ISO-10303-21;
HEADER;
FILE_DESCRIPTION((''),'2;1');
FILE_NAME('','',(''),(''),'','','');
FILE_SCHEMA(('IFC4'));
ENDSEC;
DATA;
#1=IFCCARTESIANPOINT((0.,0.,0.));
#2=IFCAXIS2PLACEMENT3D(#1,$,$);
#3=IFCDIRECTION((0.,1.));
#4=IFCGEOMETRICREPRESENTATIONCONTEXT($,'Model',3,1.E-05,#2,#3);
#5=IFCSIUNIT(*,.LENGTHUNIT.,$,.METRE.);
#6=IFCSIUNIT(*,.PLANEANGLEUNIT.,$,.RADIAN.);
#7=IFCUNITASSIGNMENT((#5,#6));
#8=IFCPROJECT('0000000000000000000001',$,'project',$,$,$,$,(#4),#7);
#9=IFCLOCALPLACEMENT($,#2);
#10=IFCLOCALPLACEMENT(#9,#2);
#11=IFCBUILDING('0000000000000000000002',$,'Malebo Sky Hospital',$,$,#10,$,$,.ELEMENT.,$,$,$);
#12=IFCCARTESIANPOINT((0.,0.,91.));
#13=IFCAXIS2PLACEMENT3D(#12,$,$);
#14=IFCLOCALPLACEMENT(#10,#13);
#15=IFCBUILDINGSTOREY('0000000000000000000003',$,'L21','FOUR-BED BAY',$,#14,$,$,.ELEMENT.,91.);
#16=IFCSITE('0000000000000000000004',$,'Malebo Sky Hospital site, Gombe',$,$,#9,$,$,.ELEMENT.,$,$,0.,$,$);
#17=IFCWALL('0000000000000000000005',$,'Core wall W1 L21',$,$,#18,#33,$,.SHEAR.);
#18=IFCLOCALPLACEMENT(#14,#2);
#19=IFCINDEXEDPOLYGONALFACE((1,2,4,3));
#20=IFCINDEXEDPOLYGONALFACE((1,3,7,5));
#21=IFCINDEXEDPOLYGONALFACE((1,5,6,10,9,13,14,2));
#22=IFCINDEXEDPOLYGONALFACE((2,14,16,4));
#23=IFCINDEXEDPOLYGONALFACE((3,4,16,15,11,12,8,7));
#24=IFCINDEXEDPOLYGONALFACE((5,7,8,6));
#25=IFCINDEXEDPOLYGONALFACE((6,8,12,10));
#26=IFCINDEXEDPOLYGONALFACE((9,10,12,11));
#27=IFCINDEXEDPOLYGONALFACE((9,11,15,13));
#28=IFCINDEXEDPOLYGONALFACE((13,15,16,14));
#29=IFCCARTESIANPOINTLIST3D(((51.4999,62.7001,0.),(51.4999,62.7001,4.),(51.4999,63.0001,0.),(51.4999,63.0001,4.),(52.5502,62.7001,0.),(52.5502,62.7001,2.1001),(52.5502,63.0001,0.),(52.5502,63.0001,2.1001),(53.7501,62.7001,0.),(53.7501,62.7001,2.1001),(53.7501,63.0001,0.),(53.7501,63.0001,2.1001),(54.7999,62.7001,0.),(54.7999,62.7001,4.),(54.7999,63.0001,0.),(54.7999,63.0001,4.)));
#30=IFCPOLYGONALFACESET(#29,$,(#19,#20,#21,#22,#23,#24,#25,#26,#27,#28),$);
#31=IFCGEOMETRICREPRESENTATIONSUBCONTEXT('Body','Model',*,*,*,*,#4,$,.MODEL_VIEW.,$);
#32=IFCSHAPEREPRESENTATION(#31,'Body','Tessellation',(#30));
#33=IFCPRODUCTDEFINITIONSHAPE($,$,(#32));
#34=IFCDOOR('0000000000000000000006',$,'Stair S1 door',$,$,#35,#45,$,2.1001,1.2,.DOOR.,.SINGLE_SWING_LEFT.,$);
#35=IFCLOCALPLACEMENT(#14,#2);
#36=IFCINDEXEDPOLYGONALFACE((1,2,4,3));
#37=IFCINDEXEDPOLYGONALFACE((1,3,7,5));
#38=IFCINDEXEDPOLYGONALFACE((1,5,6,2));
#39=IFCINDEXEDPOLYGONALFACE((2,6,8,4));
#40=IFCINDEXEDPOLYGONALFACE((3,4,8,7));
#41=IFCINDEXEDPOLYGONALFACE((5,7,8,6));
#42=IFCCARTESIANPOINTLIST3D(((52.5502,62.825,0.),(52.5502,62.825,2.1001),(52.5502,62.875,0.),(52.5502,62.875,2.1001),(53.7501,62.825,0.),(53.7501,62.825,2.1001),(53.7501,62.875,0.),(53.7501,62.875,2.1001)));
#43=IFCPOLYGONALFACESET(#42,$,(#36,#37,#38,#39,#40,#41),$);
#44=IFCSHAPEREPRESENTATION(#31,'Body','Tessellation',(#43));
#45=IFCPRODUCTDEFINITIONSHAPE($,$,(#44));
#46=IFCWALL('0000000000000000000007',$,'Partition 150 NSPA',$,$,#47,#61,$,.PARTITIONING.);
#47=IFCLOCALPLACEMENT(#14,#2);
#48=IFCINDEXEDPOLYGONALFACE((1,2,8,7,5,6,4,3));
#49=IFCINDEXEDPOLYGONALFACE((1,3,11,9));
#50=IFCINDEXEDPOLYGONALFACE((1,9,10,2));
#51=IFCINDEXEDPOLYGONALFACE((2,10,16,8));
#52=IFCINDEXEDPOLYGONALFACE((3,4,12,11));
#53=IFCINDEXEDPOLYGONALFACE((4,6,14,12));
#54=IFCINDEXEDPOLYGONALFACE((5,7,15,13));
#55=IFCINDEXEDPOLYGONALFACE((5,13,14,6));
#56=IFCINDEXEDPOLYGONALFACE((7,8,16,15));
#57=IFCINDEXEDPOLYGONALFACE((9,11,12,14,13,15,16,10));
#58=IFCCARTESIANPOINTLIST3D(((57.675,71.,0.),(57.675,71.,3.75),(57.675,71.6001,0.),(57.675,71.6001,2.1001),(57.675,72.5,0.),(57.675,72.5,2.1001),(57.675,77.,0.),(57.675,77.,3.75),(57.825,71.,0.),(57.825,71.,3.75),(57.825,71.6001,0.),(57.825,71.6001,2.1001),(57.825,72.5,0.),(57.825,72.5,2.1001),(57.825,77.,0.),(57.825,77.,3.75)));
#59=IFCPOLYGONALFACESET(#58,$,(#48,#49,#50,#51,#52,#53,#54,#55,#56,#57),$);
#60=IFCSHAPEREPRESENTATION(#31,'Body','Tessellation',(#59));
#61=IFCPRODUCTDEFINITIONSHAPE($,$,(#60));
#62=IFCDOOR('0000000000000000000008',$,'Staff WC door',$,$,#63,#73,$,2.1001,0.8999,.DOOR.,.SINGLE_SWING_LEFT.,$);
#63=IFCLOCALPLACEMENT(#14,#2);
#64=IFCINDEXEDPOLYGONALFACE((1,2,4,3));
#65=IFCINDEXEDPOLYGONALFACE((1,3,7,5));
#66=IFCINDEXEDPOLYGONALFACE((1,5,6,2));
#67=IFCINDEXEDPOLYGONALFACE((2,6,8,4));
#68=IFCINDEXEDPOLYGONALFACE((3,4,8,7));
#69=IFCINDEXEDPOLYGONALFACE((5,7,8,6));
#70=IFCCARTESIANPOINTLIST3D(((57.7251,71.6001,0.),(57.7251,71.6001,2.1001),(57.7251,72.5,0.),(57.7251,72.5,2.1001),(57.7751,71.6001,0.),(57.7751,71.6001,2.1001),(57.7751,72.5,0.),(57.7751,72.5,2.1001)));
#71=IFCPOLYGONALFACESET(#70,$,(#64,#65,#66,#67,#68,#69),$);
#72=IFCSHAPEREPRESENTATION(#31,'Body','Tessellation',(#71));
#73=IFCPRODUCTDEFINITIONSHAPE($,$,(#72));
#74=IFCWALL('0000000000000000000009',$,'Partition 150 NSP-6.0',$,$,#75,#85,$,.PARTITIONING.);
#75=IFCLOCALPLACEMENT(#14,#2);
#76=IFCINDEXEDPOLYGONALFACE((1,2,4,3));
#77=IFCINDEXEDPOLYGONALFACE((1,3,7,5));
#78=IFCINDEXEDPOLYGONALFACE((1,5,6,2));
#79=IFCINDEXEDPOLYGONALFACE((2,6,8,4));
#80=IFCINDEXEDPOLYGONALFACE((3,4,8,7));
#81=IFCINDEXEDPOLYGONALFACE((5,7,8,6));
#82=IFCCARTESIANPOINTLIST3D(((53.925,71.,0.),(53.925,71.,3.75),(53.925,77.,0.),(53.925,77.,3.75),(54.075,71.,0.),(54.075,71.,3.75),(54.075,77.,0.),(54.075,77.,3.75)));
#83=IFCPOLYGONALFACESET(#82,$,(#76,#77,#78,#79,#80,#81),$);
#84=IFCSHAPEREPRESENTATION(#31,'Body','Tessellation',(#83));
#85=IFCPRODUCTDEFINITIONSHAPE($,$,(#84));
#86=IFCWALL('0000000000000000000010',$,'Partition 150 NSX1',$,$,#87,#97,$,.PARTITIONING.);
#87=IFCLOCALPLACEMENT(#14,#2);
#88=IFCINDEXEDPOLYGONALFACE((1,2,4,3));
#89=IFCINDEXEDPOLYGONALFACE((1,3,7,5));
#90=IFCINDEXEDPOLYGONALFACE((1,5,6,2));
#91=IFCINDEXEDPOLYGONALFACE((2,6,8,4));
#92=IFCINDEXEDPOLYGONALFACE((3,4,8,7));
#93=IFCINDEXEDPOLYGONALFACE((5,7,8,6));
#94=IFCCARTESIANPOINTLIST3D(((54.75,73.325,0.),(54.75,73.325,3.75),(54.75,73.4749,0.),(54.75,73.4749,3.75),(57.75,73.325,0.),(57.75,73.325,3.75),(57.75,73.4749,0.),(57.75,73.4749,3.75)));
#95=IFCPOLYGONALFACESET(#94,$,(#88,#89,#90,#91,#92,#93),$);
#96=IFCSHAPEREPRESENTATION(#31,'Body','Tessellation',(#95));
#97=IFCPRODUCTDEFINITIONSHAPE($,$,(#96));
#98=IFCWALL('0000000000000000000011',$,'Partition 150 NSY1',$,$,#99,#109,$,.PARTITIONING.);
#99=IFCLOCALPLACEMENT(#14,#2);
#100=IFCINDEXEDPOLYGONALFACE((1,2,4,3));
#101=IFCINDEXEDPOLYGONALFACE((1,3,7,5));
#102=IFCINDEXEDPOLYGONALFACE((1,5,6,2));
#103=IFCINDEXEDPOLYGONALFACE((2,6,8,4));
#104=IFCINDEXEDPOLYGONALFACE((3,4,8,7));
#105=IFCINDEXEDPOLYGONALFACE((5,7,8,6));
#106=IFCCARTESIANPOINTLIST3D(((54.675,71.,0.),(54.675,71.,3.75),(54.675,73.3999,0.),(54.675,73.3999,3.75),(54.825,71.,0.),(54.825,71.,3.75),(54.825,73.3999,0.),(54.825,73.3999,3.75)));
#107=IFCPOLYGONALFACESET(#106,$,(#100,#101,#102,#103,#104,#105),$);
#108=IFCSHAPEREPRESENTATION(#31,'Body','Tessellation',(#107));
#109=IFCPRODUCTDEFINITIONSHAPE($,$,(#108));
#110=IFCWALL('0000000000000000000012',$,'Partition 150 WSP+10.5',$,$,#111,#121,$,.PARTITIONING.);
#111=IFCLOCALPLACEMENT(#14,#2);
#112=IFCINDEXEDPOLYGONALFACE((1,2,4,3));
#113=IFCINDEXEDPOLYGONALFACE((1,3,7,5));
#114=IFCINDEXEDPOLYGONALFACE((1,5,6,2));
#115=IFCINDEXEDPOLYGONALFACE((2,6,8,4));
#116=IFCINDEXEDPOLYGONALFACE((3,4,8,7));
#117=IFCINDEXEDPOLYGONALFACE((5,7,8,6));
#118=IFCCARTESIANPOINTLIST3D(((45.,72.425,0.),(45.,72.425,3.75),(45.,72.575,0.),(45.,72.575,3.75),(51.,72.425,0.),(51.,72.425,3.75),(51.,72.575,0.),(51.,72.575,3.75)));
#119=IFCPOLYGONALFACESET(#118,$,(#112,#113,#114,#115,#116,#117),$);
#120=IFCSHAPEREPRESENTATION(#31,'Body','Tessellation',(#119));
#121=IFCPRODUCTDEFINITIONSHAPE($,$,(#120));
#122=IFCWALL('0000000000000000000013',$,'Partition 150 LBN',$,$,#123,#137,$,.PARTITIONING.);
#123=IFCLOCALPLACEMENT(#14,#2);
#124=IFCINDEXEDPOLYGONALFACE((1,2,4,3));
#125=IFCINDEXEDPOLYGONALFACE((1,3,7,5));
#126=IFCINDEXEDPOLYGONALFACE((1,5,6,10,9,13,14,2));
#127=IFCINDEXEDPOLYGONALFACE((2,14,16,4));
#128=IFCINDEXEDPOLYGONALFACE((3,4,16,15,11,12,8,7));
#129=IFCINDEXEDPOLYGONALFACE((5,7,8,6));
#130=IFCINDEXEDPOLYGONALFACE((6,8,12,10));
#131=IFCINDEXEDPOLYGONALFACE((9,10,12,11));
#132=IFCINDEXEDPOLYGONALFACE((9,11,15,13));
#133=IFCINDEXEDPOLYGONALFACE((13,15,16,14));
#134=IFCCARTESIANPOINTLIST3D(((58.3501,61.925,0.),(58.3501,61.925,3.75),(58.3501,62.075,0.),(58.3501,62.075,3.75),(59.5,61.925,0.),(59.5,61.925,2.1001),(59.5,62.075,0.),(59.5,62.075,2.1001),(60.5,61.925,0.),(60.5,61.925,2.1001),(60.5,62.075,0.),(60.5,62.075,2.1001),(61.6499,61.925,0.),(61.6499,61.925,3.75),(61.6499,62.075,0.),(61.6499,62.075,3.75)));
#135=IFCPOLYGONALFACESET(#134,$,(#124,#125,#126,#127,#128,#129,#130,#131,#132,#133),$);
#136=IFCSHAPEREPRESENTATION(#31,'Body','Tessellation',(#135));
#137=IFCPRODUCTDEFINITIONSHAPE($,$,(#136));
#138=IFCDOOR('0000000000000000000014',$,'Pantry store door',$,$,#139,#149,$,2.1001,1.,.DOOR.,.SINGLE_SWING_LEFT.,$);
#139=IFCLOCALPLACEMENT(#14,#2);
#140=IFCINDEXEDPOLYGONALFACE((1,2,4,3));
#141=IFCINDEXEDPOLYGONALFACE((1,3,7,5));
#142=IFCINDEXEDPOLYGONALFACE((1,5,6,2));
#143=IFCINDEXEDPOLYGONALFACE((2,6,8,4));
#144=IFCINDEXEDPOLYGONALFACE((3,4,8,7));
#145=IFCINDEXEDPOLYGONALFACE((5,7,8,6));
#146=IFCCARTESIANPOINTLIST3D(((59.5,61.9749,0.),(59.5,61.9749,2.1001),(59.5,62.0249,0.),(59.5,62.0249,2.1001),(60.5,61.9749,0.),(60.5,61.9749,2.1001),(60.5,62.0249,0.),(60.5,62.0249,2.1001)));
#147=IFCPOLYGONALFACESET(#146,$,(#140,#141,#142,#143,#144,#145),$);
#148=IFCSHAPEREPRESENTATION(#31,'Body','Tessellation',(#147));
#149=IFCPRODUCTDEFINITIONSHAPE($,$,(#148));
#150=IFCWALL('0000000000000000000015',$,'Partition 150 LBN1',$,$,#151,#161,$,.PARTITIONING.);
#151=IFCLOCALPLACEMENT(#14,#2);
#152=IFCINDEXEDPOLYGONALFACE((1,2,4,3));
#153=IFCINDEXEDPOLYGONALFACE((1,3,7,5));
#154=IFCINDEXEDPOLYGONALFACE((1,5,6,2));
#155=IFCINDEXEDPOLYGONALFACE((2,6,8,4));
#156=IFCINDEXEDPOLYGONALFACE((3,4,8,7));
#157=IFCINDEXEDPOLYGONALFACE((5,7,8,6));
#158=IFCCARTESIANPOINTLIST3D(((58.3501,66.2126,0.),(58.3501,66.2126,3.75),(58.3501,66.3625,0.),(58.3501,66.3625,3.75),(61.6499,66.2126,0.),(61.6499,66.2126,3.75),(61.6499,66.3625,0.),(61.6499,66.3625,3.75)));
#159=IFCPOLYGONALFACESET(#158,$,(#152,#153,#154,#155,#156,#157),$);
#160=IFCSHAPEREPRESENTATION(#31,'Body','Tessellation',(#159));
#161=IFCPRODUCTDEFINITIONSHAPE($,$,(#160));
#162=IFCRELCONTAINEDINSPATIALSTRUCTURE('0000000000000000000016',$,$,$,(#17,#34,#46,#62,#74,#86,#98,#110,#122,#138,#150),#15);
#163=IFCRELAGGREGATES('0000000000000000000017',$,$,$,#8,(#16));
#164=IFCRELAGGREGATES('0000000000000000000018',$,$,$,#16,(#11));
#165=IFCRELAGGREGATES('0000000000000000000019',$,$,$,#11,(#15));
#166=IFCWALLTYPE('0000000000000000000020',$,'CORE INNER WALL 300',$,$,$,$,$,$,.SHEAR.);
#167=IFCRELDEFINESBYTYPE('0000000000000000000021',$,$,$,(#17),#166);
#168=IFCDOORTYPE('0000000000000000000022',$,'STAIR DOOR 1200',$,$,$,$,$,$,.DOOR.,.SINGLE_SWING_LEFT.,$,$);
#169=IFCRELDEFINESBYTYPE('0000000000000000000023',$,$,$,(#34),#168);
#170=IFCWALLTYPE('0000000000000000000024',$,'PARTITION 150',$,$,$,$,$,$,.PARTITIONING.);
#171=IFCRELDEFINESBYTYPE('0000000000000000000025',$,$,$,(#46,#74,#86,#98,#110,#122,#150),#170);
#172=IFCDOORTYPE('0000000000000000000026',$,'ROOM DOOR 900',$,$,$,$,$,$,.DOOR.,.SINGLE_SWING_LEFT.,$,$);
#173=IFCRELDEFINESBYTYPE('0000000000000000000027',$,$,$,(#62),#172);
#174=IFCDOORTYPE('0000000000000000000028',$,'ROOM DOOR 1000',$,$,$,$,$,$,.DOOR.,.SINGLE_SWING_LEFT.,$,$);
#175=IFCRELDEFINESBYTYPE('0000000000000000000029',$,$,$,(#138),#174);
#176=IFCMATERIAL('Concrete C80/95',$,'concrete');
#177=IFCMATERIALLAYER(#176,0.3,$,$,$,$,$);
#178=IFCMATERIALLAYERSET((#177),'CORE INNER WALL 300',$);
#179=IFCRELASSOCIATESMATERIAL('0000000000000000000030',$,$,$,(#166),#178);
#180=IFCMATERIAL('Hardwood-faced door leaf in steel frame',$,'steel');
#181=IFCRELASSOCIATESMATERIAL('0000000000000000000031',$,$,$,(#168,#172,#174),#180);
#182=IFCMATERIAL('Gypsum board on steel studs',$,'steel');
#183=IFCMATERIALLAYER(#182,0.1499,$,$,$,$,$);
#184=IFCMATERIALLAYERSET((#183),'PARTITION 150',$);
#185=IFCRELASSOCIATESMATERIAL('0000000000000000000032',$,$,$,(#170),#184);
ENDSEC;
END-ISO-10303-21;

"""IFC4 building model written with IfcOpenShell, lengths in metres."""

from ifc_helpers import new_model, si_unit, direction, frame, frame_2d, origin, place, context, subcontext, project, spatial, rectangle, extrude, material, layer, layer_set, type_object, element, fill, save


model = new_model("IFC4")

# Units and contexts
model_context = context("Model", 3, precision=1e-05, world=origin(), true_north=direction((0.0, 1.0)))
body_context = subcontext(model_context, "Body", "Model", "MODEL_VIEW")
ifc_project = project(units=[si_unit("LENGTHUNIT", "METRE"), si_unit("PLANEANGLEUNIT", "RADIAN")], contexts=[model_context])

# Site, building, storey
site_placement = place(None, origin())
site = spatial("IfcSite", under=ifc_project, at=site_placement, Name="Malebo Sky Hospital site, Gombe", CompositionType="ELEMENT", RefElevation=0.0)
building_placement = place(site_placement, origin())
building = spatial("IfcBuilding", under=site, at=building_placement, Name="Malebo Sky Hospital", CompositionType="ELEMENT")
storey_placement = place(building_placement, frame((0.0, 0.0, 91.0)))
storey = spatial("IfcBuildingStorey", under=building, at=storey_placement, Name="L21", Description="FOUR-BED BAY", CompositionType="ELEMENT", Elevation=91.0)

# Shared definitions
ifc_material_1 = material(Name="Concrete C80/95", Category="concrete")

# Walls, openings, doors
ifc_layer_1 = layer(ifc_material_1, 0.3)
ifc_layer_set_1 = layer_set([ifc_layer_1], Name="CORE INNER WALL 300")
wall_type_1 = type_object("IfcWallType", Name="CORE INNER WALL 300", PredefinedType="SHEAR", material=ifc_layer_set_1)
wall_1_placement = place(storey_placement, frame((51.5, 62.8501, 0.0), z_axis=(0.0, 0.0, 1.0), x_axis=(1.0, 0.0, 0.0)))
wall_1 = element("IfcWall", 1, at=wall_1_placement, inside=storey, type_object=wall_type_1, Name="Core wall W1 L21", PredefinedType="SHEAR", context=body_context, shape_type="SweptSolid", body=[
    extrude(rectangle(XDim=3.3, YDim=0.3, at=frame_2d((1.6499, 0.0))), origin(), (0.0, 0.0, 1.0), 4.0),
])
opening_1_placement = place(wall_1_placement, frame((1.05, 0.0, 0.0)))
opening_1 = element("IfcOpeningElement", 2, at=opening_1_placement, cuts=wall_1, PredefinedType="OPENING", context=body_context, shape_type="SweptSolid", body=[
    extrude(rectangle(XDim=1.2, YDim=2.1001, at=frame_2d((0.6001, 1.05))), frame((0.0, 0.1599, 0.0), z_axis=(0.0, -1.0, 0.0), x_axis=(1.0, 0.0, 0.0)), (0.0, 0.0, 1.0), 0.3201),
])
ifc_material_2 = material(Name="Hardwood-faced door leaf in steel frame", Category="steel")
door_type_1 = type_object("IfcDoorType", Name="STAIR DOOR 1200", OperationType="SINGLE_SWING_LEFT", PredefinedType="DOOR", material=ifc_material_2)
door_1_placement = place(opening_1_placement, origin())
door_1 = element("IfcDoor", 3, at=door_1_placement, inside=storey, type_object=door_type_1, Name="Stair S1 door", OperationType="SINGLE_SWING_LEFT", OverallHeight=2.1001, OverallWidth=1.2, PredefinedType="DOOR", context=body_context, shape_type="SweptSolid", body=[
    extrude(rectangle(XDim=1.2, YDim=2.1001, at=frame_2d((0.6001, 1.05))), frame((0.0, 0.0249, 0.0), z_axis=(0.0, -1.0, 0.0), x_axis=(1.0, 0.0, 0.0)), (0.0, 0.0, 1.0), 0.05),
])
fill(opening_1, door_1)
ifc_material_3 = material(Name="Gypsum board on steel studs", Category="steel")
ifc_layer_2 = layer(ifc_material_3, 0.1499)
ifc_layer_set_2 = layer_set([ifc_layer_2], Name="PARTITION 150")
wall_type_2 = type_object("IfcWallType", Name="PARTITION 150", PredefinedType="PARTITIONING", material=ifc_layer_set_2)
wall_2_placement = place(storey_placement, frame((57.75, 71.0, 0.0), z_axis=(0.0, 0.0, 1.0), x_axis=(0.0, 1.0, 0.0)))
wall_2 = element("IfcWall", 4, at=wall_2_placement, inside=storey, type_object=wall_type_2, Name="Partition 150 NSPA", PredefinedType="PARTITIONING", context=body_context, shape_type="SweptSolid", body=[
    extrude(rectangle(XDim=6.0, YDim=0.1499, at=frame_2d((3.0, 0.0))), origin(), (0.0, 0.0, 1.0), 3.75),
])
opening_2_placement = place(wall_2_placement, frame((0.6001, 0.0, 0.0)))
opening_2 = element("IfcOpeningElement", 5, at=opening_2_placement, cuts=wall_2, PredefinedType="OPENING", context=body_context, shape_type="SweptSolid", body=[
    extrude(rectangle(XDim=0.8999, YDim=2.1001, at=frame_2d((0.45, 1.05))), frame((0.0, 0.085, 0.0), z_axis=(0.0, -1.0, 0.0), x_axis=(1.0, 0.0, 0.0)), (0.0, 0.0, 1.0), 0.1699),
])
door_type_2 = type_object("IfcDoorType", Name="ROOM DOOR 900", OperationType="SINGLE_SWING_LEFT", PredefinedType="DOOR", material=ifc_material_2)
door_2_placement = place(opening_2_placement, origin())
door_2 = element("IfcDoor", 6, at=door_2_placement, inside=storey, type_object=door_type_2, Name="Staff WC door", OperationType="SINGLE_SWING_LEFT", OverallHeight=2.1001, OverallWidth=0.8999, PredefinedType="DOOR", context=body_context, shape_type="SweptSolid", body=[
    extrude(rectangle(XDim=0.8999, YDim=2.1001, at=frame_2d((0.45, 1.05))), frame((0.0, 0.0249, 0.0), z_axis=(0.0, -1.0, 0.0), x_axis=(1.0, 0.0, 0.0)), (0.0, 0.0, 1.0), 0.05),
])
fill(opening_2, door_2)

# Walls
wall_3_placement = place(storey_placement, frame((54.0, 71.0, 0.0), z_axis=(0.0, 0.0, 1.0), x_axis=(0.0, 1.0, 0.0)))
element("IfcWall", 7, at=wall_3_placement, inside=storey, type_object=wall_type_2, Name="Partition 150 NSP-6.0", PredefinedType="PARTITIONING", context=body_context, shape_type="SweptSolid", body=[
    extrude(rectangle(XDim=6.0, YDim=0.1499, at=frame_2d((3.0, 0.0))), origin(), (0.0, 0.0, 1.0), 3.75),
])
wall_4_placement = place(storey_placement, frame((54.75, 73.3999, 0.0), z_axis=(0.0, 0.0, 1.0), x_axis=(1.0, 0.0, 0.0)))
element("IfcWall", 8, at=wall_4_placement, inside=storey, type_object=wall_type_2, Name="Partition 150 NSX1", PredefinedType="PARTITIONING", context=body_context, shape_type="SweptSolid", body=[
    extrude(rectangle(XDim=3.0, YDim=0.1499, at=frame_2d((1.5, 0.0))), origin(), (0.0, 0.0, 1.0), 3.75),
])
wall_5_placement = place(storey_placement, frame((54.75, 71.0, 0.0), z_axis=(0.0, 0.0, 1.0), x_axis=(0.0, 1.0, 0.0)))
element("IfcWall", 9, at=wall_5_placement, inside=storey, type_object=wall_type_2, Name="Partition 150 NSY1", PredefinedType="PARTITIONING", context=body_context, shape_type="SweptSolid", body=[
    extrude(rectangle(XDim=2.3999, YDim=0.1499, at=frame_2d((1.2, 0.0))), origin(), (0.0, 0.0, 1.0), 3.75),
])
wall_6_placement = place(storey_placement, frame((51.0, 72.5, 0.0), z_axis=(0.0, 0.0, 1.0), x_axis=(-1.0, 0.0, 0.0)))
element("IfcWall", 10, at=wall_6_placement, inside=storey, type_object=wall_type_2, Name="Partition 150 WSP+10.5", PredefinedType="PARTITIONING", context=body_context, shape_type="SweptSolid", body=[
    extrude(rectangle(XDim=6.0, YDim=0.1499, at=frame_2d((3.0, 0.0))), origin(), (0.0, 0.0, 1.0), 3.75),
])

# Wall, opening, door
wall_7_placement = place(storey_placement, frame((58.3501, 62.0, 0.0), z_axis=(0.0, 0.0, 1.0), x_axis=(1.0, 0.0, 0.0)))
wall_7 = element("IfcWall", 11, at=wall_7_placement, inside=storey, type_object=wall_type_2, Name="Partition 150 LBN", PredefinedType="PARTITIONING", context=body_context, shape_type="SweptSolid", body=[
    extrude(rectangle(XDim=3.2998, YDim=0.1499, at=frame_2d((1.6499, 0.0))), origin(), (0.0, 0.0, 1.0), 3.75),
])
opening_3_placement = place(wall_7_placement, frame((1.1499, 0.0, 0.0)))
opening_3 = element("IfcOpeningElement", 12, at=opening_3_placement, cuts=wall_7, PredefinedType="OPENING", context=body_context, shape_type="SweptSolid", body=[
    extrude(rectangle(XDim=1.0, YDim=2.1001, at=frame_2d((0.5, 1.05))), frame((0.0, 0.085, 0.0), z_axis=(0.0, -1.0, 0.0), x_axis=(1.0, 0.0, 0.0)), (0.0, 0.0, 1.0), 0.1699),
])
door_type_3 = type_object("IfcDoorType", Name="ROOM DOOR 1000", OperationType="SINGLE_SWING_LEFT", PredefinedType="DOOR", material=ifc_material_2)
door_3_placement = place(opening_3_placement, origin())
door_3 = element("IfcDoor", 13, at=door_3_placement, inside=storey, type_object=door_type_3, Name="Pantry store door", OperationType="SINGLE_SWING_LEFT", OverallHeight=2.1001, OverallWidth=1.0, PredefinedType="DOOR", context=body_context, shape_type="SweptSolid", body=[
    extrude(rectangle(XDim=1.0, YDim=2.1001, at=frame_2d((0.5, 1.05))), frame((0.0, 0.0249, 0.0), z_axis=(0.0, -1.0, 0.0), x_axis=(1.0, 0.0, 0.0)), (0.0, 0.0, 1.0), 0.05),
])
fill(opening_3, door_3)

# Wall
wall_8_placement = place(storey_placement, frame((58.3501, 66.2876, 0.0), z_axis=(0.0, 0.0, 1.0), x_axis=(1.0, 0.0, 0.0)))
element("IfcWall", 14, at=wall_8_placement, inside=storey, type_object=wall_type_2, Name="Partition 150 LBN1", PredefinedType="PARTITIONING", context=body_context, shape_type="SweptSolid", body=[
    extrude(rectangle(XDim=3.2998, YDim=0.1499, at=frame_2d((1.6499, 0.0))), origin(), (0.0, 0.0, 1.0), 3.75),
])

save(model, "model.ifc")
